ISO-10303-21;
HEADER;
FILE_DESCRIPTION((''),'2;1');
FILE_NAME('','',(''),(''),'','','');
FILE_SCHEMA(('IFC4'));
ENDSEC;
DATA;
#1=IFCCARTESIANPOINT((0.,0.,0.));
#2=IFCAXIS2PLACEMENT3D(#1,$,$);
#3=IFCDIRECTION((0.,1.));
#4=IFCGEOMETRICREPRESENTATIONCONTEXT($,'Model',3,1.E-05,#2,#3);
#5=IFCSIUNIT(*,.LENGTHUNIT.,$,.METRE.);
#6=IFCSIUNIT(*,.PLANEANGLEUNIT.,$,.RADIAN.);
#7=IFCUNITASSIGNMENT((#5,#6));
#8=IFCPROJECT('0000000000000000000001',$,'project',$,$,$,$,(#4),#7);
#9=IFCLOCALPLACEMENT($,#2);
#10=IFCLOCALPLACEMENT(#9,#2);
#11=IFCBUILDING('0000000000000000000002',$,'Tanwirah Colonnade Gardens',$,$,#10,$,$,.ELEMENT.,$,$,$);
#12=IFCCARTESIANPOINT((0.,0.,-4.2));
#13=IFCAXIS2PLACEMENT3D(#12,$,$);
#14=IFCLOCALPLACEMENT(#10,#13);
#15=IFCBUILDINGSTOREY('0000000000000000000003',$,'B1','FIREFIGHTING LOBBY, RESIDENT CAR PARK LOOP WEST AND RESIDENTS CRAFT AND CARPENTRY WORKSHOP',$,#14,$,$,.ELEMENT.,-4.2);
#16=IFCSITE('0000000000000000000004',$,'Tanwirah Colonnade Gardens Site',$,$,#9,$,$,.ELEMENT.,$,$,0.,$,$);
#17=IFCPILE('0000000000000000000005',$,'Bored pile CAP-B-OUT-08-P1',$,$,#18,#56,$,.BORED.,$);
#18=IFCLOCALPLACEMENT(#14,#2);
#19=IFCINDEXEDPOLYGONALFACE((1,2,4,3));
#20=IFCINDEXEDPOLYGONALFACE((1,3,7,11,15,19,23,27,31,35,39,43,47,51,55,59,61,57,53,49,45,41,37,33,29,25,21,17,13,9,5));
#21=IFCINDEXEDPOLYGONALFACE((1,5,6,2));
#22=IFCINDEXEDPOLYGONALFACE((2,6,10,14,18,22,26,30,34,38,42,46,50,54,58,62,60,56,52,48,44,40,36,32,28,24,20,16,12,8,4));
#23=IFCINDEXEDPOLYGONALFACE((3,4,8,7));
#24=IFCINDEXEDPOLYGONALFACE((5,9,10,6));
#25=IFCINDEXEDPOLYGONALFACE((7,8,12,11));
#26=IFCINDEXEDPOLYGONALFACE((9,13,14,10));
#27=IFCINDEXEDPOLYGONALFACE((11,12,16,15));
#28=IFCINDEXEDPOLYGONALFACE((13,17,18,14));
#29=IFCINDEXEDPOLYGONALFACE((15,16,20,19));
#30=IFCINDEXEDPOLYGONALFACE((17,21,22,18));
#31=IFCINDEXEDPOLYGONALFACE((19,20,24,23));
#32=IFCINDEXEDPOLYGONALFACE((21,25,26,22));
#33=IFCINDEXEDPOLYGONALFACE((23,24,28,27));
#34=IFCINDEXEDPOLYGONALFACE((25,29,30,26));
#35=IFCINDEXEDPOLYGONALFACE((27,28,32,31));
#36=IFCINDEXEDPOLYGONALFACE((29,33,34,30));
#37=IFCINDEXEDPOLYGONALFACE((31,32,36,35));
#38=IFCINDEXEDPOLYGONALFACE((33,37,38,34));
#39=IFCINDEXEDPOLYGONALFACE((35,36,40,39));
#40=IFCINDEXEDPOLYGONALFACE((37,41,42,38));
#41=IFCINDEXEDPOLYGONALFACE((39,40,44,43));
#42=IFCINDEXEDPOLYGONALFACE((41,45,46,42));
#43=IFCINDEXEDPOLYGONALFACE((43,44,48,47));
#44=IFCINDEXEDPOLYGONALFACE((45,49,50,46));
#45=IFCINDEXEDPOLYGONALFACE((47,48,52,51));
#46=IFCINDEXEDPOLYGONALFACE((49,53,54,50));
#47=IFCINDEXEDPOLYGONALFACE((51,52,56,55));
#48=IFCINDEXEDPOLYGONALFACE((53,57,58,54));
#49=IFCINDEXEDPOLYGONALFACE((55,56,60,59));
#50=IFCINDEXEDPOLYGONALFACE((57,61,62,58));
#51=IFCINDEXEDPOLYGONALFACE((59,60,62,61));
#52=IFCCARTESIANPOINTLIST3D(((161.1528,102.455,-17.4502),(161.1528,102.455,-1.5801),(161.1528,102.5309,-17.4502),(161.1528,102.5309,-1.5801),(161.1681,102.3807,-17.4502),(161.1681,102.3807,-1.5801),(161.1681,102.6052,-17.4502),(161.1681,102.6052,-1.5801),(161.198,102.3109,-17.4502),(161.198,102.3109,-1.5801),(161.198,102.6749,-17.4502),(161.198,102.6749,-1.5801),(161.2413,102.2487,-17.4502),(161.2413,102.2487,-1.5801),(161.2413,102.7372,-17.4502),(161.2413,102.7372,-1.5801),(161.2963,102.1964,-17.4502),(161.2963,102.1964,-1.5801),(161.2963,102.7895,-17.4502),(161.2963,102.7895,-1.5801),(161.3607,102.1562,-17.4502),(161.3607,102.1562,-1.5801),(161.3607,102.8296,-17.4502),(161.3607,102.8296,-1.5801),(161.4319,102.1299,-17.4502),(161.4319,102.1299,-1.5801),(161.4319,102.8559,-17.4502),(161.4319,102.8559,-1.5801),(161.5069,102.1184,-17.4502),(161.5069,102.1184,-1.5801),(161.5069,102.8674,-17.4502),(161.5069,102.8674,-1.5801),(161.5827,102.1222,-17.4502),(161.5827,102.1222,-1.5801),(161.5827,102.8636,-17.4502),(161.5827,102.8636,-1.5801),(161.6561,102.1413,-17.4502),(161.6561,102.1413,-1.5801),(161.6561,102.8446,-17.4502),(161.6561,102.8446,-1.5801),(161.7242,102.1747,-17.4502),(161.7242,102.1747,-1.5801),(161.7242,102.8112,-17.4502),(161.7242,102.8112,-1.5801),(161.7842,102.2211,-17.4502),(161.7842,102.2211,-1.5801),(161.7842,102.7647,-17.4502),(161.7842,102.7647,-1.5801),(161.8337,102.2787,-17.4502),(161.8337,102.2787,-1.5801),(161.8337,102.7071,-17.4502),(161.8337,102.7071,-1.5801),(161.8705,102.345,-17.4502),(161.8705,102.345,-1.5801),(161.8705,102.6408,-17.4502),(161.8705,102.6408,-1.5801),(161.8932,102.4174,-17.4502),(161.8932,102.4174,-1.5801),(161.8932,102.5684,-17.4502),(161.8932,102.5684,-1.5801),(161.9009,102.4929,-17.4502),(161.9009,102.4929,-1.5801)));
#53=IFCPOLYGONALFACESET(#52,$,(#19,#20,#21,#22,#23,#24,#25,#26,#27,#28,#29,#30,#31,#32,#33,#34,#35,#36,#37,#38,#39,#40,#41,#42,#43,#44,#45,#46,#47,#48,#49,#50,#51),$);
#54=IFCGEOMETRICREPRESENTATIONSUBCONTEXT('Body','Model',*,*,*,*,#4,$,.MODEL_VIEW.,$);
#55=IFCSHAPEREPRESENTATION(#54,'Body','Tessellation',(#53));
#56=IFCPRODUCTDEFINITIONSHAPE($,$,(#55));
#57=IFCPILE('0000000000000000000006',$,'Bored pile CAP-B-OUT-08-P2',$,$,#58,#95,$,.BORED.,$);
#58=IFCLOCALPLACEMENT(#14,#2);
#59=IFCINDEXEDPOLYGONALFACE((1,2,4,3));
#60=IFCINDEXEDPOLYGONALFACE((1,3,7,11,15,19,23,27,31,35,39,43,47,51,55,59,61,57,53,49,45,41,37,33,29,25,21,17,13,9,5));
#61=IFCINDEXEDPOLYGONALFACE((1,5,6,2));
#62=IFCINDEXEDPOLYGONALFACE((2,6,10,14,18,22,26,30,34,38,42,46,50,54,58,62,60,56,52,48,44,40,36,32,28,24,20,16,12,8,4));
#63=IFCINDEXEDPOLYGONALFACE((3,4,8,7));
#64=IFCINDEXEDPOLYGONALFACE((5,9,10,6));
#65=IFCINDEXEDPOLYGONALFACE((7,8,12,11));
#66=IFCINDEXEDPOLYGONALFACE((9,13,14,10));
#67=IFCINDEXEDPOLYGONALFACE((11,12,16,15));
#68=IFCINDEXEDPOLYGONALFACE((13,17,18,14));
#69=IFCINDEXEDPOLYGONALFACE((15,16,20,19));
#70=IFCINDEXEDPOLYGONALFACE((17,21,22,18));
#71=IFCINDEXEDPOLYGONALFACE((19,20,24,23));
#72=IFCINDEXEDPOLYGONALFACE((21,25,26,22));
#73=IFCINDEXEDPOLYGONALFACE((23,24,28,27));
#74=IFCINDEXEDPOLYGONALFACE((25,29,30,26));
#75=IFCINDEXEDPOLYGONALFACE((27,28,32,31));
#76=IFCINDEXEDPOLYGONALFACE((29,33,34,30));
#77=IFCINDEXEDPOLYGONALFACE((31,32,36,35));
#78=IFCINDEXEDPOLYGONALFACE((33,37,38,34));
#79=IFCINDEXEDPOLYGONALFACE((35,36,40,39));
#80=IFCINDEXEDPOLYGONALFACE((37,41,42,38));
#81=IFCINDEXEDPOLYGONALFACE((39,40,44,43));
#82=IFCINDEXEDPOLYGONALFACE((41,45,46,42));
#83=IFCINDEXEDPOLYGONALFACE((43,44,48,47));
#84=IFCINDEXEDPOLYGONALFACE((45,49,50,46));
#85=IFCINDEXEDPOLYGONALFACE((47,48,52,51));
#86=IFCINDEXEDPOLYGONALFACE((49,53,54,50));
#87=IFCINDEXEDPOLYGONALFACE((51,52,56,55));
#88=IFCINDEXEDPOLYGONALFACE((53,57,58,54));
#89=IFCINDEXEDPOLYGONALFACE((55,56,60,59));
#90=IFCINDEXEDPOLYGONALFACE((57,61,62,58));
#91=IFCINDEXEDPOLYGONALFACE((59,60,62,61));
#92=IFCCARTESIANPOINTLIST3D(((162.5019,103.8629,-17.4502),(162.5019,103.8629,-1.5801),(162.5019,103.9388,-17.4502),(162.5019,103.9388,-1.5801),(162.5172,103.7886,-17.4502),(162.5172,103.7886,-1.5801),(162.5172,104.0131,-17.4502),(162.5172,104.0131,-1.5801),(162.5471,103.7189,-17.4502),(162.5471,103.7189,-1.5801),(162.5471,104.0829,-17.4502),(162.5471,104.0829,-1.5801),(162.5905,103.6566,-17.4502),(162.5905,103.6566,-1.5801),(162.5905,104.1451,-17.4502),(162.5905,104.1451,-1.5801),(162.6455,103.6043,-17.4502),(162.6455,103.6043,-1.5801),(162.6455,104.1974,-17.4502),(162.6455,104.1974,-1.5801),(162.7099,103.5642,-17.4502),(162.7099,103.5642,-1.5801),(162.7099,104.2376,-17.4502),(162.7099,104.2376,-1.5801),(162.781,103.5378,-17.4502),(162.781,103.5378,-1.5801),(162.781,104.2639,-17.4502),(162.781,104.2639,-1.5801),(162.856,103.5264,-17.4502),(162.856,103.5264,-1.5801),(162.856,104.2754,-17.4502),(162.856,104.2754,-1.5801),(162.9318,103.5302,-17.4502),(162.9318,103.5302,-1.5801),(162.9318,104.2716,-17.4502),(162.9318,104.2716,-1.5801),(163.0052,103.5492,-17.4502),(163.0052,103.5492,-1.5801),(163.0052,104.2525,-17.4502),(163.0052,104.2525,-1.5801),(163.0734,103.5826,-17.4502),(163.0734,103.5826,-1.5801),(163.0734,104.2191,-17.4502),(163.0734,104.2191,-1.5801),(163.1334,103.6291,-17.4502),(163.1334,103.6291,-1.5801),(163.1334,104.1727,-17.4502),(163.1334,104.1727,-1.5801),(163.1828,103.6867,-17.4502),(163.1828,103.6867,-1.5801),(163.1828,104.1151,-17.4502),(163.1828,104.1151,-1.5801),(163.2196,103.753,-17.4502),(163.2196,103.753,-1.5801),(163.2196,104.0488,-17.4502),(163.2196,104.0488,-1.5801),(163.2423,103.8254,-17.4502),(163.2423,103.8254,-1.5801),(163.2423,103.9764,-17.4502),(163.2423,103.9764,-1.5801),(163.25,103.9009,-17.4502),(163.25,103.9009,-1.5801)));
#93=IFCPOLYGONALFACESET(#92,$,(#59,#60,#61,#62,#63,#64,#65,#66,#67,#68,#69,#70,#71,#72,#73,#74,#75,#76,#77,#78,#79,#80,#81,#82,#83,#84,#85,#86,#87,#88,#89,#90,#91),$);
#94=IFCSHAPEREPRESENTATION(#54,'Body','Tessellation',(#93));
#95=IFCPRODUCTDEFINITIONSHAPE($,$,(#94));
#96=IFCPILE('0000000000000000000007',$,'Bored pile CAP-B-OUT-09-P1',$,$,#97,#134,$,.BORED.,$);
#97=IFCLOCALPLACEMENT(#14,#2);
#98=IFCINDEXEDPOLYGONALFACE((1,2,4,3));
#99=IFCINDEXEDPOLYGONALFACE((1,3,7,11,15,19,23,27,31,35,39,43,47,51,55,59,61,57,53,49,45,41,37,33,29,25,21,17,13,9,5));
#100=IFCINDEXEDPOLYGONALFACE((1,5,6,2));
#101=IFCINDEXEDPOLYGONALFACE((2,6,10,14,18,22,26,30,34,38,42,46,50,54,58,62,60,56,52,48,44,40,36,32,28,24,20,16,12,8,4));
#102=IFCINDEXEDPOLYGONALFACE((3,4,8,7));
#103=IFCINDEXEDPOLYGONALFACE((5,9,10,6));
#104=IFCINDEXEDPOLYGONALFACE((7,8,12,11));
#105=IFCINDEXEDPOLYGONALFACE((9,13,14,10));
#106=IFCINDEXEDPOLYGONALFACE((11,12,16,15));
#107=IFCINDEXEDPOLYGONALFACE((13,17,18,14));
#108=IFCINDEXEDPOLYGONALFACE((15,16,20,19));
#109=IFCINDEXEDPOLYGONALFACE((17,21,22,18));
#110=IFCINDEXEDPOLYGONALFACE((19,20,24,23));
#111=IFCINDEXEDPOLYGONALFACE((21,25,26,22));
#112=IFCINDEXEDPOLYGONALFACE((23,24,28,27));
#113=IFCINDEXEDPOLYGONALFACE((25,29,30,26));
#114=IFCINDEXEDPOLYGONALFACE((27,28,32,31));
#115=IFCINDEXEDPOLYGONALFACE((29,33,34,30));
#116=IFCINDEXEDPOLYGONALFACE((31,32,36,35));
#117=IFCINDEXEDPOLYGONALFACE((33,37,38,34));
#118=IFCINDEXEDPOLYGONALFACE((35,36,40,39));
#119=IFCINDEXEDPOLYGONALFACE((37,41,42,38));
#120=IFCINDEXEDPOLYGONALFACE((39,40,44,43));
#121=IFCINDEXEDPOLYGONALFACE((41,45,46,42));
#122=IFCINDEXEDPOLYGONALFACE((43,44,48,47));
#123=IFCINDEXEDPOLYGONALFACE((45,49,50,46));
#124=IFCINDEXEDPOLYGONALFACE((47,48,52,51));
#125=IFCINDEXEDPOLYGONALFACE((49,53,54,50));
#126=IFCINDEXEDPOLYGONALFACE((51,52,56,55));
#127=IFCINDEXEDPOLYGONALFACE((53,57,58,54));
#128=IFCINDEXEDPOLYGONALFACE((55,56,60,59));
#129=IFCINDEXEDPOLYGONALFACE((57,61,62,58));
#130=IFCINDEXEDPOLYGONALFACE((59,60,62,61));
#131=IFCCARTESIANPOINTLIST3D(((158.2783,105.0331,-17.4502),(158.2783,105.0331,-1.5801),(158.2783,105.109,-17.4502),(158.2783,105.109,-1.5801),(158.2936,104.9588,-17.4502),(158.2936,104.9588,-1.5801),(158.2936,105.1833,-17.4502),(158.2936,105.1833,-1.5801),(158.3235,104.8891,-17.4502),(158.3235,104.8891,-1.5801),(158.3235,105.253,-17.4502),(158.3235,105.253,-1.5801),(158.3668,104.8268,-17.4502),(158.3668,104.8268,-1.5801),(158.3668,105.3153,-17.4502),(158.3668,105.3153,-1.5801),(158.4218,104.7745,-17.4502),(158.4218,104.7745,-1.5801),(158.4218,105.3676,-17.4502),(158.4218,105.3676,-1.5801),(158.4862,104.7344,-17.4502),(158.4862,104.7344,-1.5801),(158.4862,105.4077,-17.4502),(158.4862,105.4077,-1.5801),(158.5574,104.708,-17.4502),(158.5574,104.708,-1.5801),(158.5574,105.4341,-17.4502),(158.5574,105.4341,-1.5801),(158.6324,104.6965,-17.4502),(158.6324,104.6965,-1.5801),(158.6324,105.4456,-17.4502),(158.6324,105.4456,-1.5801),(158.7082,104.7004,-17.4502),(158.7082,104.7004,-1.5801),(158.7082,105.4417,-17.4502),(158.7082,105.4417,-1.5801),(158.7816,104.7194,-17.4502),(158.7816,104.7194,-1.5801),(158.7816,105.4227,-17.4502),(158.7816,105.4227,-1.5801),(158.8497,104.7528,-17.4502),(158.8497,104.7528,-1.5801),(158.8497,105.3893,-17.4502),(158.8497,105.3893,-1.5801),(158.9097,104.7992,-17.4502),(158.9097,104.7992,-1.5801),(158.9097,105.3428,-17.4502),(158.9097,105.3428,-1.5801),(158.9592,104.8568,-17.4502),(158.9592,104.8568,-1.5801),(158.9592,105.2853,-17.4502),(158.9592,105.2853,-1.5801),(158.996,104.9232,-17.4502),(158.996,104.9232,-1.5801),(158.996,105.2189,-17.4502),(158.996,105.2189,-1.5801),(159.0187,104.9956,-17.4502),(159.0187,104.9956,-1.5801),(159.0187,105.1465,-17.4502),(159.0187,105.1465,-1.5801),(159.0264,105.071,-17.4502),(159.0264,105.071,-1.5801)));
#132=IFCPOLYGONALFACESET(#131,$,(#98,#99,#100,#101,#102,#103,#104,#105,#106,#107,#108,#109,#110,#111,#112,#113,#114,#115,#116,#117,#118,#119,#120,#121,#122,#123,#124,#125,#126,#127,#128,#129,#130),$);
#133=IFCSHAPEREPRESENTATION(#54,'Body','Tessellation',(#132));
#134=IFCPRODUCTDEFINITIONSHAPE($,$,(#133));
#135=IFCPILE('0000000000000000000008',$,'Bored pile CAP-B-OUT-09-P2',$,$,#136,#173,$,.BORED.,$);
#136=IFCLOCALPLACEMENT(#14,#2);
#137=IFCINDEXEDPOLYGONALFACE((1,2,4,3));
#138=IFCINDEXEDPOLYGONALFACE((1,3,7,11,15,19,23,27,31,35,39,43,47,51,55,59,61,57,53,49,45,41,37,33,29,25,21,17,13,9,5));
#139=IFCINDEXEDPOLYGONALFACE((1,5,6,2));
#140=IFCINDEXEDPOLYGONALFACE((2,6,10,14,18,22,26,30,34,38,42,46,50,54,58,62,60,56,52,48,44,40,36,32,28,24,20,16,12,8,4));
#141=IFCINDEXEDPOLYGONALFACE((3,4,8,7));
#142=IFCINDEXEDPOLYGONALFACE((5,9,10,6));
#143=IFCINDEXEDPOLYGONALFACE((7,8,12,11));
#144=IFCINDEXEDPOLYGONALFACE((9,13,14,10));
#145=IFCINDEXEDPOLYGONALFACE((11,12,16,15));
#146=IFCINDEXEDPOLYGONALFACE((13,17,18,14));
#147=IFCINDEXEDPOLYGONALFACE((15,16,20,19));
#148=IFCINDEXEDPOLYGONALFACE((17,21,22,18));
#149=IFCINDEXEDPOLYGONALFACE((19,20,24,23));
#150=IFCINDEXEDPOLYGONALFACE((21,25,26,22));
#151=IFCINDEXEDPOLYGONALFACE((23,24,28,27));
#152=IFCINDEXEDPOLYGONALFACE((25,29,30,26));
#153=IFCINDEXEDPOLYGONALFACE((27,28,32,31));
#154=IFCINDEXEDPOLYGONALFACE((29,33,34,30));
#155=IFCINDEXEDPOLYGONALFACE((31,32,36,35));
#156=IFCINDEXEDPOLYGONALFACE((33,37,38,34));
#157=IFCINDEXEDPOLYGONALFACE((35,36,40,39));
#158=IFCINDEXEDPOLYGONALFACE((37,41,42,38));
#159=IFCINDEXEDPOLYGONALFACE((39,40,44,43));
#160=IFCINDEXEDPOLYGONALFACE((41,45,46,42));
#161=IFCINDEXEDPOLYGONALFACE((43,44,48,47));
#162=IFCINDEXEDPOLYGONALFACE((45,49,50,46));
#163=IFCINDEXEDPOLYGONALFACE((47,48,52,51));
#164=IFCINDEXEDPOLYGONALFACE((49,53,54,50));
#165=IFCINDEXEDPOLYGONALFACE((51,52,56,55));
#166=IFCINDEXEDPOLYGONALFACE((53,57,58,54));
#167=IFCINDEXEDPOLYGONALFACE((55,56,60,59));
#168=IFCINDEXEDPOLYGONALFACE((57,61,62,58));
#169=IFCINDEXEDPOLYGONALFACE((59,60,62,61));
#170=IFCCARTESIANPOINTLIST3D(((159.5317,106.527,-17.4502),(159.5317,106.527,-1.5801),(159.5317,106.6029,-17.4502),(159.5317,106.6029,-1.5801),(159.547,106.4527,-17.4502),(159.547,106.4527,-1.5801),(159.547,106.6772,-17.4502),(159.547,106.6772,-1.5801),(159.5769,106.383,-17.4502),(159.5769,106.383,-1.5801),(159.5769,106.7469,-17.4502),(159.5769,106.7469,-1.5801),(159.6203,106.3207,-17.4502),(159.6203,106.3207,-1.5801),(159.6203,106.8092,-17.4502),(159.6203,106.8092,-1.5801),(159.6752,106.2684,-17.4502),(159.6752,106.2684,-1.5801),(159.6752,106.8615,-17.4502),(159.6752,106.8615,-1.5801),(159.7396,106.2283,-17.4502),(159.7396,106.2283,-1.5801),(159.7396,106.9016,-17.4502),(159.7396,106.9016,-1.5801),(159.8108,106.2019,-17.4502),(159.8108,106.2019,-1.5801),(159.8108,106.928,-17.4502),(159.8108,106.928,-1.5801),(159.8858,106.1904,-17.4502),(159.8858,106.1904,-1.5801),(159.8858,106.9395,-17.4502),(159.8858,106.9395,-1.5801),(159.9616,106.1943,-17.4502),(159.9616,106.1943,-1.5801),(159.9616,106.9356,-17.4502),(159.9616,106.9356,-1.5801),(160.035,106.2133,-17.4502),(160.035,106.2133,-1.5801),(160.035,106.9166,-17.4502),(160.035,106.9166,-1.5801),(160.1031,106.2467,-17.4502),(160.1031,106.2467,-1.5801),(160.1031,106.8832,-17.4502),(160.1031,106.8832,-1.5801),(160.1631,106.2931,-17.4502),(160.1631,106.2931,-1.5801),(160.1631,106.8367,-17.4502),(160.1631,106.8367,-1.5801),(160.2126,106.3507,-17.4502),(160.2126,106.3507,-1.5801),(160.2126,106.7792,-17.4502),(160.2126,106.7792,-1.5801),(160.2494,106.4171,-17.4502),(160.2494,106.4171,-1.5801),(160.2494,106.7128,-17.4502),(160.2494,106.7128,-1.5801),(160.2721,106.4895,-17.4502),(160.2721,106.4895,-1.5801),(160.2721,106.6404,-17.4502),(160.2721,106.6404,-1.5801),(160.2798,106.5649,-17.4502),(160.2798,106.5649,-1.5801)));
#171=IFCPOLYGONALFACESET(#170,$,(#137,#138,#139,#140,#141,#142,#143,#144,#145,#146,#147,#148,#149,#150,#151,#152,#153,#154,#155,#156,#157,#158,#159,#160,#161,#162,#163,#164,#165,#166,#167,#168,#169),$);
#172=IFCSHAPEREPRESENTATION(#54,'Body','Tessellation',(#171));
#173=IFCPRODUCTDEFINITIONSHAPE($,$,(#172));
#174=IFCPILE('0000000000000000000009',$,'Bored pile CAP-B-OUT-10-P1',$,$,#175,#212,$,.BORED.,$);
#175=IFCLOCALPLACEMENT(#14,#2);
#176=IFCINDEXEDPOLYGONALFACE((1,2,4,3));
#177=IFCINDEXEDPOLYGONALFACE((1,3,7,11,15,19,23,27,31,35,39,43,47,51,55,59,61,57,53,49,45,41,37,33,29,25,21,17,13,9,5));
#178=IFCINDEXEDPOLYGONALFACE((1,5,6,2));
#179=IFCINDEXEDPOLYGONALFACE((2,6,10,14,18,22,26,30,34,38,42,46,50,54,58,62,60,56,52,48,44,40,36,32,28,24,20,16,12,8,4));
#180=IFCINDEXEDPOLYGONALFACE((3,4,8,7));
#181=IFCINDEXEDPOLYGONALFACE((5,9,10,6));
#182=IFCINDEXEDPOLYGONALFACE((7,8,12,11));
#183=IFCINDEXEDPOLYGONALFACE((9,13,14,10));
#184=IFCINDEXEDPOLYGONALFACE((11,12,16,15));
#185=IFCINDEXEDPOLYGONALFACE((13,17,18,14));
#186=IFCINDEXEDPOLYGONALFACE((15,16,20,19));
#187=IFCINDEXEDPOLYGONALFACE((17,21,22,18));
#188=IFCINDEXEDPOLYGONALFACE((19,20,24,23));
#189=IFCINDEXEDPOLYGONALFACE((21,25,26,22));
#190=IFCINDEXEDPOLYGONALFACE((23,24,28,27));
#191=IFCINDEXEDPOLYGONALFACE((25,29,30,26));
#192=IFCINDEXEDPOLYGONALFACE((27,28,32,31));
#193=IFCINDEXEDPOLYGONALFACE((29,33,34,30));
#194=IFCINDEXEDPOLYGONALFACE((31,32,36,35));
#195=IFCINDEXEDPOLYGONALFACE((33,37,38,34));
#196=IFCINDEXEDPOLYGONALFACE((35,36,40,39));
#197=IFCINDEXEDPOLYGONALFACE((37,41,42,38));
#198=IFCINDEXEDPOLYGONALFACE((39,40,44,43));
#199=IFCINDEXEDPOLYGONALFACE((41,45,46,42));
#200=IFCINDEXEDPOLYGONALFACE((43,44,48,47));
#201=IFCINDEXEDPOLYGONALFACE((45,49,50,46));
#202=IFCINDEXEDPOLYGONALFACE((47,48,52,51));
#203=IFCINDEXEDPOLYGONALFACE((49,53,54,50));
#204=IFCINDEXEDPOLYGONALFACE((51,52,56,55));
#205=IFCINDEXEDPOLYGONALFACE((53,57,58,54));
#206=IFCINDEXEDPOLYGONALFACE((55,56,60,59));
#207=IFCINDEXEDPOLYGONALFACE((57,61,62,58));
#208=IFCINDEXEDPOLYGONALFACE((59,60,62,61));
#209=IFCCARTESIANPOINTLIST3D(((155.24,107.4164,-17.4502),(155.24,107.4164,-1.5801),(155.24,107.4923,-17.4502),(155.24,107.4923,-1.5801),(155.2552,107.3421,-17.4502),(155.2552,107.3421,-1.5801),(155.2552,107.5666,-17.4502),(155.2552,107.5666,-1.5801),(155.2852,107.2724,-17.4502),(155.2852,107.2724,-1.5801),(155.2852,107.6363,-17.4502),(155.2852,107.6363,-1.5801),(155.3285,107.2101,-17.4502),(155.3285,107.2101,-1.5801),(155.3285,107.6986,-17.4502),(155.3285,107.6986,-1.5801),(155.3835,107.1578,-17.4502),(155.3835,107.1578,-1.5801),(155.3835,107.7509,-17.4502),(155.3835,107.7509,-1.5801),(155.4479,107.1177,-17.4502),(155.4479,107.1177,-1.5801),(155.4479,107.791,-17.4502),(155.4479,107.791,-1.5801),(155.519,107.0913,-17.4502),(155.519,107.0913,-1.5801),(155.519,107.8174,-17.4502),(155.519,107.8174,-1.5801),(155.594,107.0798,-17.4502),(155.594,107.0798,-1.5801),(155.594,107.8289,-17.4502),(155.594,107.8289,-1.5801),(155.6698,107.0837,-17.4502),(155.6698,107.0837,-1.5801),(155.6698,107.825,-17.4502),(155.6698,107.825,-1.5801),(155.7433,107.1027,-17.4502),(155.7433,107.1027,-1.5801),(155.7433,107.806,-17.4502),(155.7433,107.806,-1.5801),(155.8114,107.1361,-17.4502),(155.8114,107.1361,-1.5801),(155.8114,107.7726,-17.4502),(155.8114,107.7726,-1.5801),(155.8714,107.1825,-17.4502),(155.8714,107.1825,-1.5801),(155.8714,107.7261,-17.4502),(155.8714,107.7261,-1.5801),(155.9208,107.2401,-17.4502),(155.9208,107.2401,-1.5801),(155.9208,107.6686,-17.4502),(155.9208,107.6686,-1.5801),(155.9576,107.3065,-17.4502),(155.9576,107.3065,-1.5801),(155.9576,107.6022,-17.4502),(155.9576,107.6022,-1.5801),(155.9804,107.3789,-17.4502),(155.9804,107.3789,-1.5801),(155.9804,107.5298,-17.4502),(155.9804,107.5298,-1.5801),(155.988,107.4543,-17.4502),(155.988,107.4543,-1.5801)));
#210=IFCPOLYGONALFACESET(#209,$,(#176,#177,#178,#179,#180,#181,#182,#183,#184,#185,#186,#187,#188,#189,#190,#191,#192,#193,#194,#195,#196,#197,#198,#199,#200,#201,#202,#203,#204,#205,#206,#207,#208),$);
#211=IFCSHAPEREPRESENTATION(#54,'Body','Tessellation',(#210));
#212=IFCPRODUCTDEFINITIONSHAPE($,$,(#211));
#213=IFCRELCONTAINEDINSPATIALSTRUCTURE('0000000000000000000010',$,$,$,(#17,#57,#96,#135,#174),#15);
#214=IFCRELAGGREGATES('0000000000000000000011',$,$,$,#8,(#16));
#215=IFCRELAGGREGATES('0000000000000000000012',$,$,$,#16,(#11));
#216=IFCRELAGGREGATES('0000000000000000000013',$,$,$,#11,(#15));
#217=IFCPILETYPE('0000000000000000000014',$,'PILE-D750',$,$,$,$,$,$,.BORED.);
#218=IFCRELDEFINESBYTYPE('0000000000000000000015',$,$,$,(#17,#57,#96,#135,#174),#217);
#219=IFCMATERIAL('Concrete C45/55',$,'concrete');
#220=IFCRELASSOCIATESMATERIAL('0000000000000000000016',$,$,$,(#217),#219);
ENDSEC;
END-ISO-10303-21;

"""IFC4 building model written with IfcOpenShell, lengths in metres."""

from ifc_helpers import new_model, si_unit, direction, frame, origin, origin_2d, place, context, subcontext, project, spatial, circle, extrude, material, material_profile, profile_set, type_object, element, save


model = new_model("IFC4")

# Units and contexts
model_context = context("Model", 3, precision=1e-05, world=origin(), true_north=direction((0.0, 1.0)))
body_context = subcontext(model_context, "Body", "Model", "MODEL_VIEW")
ifc_project = project(units=[si_unit("LENGTHUNIT", "METRE"), si_unit("PLANEANGLEUNIT", "RADIAN")], contexts=[model_context])

# Site, building, storey
site_placement = place(None, origin())
site = spatial("IfcSite", under=ifc_project, at=site_placement, Name="Tanwirah Colonnade Gardens Site", CompositionType="ELEMENT", RefElevation=0.0)
building_placement = place(site_placement, origin())
building = spatial("IfcBuilding", under=site, at=building_placement, Name="Tanwirah Colonnade Gardens", CompositionType="ELEMENT")
storey_placement = place(building_placement, frame((0.0, 0.0, -4.2)))
storey = spatial("IfcBuildingStorey", under=building, at=storey_placement, Name="B1", Description="FIREFIGHTING LOBBY, RESIDENT CAR PARK LOOP WEST AND RESIDENTS CRAFT AND CARPENTRY WORKSHOP", CompositionType="ELEMENT", Elevation=-4.2)

# Shared definitions
ifc_material_1 = material(Name="Concrete C45/55", Category="concrete")

# Piles
ifc_material_profile_1 = material_profile(ifc_material_1, circle(Radius=0.375, at=origin_2d()), Name="PILE D750")
ifc_profile_set_1 = profile_set([ifc_material_profile_1], Name="Concrete C45/55")
pile_type_1 = type_object("IfcPileType", Name="PILE-D750", PredefinedType="BORED", material=ifc_profile_set_1)
for number, where, z_axis, x_axis, name in (
    (1, (161.5259, 102.4929, -1.5801), (0.0, 0.0, -1.0), (1.0, 0.0, 0.0), "Bored pile CAP-B-OUT-08-P1"),
    (2, (162.875, 103.9009, -1.5801), (0.0, 0.0, -1.0), (1.0, 0.0, 0.0), "Bored pile CAP-B-OUT-08-P2"),
    (3, (158.6514, 105.071, -1.5801), (0.0, 0.0, -1.0), (1.0, 0.0, 0.0), "Bored pile CAP-B-OUT-09-P1"),
    (4, (159.9048, 106.5649, -1.5801), (0.0, 0.0, -1.0), (1.0, 0.0, 0.0), "Bored pile CAP-B-OUT-09-P2"),
    (5, (155.613, 107.4543, -1.5801), (0.0, 0.0, -1.0), (1.0, 0.0, 0.0), "Bored pile CAP-B-OUT-10-P1"),
):
    element("IfcPile", number, at=place(storey_placement, frame(where, z_axis=z_axis, x_axis=x_axis)), inside=storey, type_object=pile_type_1, Name=name, PredefinedType="BORED", context=body_context, shape_type="SweptSolid", body=[
        extrude(circle(Radius=0.375, at=origin_2d()), origin(), (0.0, 0.0, 1.0), 15.8701),
    ])

save(model, "model.ifc")
